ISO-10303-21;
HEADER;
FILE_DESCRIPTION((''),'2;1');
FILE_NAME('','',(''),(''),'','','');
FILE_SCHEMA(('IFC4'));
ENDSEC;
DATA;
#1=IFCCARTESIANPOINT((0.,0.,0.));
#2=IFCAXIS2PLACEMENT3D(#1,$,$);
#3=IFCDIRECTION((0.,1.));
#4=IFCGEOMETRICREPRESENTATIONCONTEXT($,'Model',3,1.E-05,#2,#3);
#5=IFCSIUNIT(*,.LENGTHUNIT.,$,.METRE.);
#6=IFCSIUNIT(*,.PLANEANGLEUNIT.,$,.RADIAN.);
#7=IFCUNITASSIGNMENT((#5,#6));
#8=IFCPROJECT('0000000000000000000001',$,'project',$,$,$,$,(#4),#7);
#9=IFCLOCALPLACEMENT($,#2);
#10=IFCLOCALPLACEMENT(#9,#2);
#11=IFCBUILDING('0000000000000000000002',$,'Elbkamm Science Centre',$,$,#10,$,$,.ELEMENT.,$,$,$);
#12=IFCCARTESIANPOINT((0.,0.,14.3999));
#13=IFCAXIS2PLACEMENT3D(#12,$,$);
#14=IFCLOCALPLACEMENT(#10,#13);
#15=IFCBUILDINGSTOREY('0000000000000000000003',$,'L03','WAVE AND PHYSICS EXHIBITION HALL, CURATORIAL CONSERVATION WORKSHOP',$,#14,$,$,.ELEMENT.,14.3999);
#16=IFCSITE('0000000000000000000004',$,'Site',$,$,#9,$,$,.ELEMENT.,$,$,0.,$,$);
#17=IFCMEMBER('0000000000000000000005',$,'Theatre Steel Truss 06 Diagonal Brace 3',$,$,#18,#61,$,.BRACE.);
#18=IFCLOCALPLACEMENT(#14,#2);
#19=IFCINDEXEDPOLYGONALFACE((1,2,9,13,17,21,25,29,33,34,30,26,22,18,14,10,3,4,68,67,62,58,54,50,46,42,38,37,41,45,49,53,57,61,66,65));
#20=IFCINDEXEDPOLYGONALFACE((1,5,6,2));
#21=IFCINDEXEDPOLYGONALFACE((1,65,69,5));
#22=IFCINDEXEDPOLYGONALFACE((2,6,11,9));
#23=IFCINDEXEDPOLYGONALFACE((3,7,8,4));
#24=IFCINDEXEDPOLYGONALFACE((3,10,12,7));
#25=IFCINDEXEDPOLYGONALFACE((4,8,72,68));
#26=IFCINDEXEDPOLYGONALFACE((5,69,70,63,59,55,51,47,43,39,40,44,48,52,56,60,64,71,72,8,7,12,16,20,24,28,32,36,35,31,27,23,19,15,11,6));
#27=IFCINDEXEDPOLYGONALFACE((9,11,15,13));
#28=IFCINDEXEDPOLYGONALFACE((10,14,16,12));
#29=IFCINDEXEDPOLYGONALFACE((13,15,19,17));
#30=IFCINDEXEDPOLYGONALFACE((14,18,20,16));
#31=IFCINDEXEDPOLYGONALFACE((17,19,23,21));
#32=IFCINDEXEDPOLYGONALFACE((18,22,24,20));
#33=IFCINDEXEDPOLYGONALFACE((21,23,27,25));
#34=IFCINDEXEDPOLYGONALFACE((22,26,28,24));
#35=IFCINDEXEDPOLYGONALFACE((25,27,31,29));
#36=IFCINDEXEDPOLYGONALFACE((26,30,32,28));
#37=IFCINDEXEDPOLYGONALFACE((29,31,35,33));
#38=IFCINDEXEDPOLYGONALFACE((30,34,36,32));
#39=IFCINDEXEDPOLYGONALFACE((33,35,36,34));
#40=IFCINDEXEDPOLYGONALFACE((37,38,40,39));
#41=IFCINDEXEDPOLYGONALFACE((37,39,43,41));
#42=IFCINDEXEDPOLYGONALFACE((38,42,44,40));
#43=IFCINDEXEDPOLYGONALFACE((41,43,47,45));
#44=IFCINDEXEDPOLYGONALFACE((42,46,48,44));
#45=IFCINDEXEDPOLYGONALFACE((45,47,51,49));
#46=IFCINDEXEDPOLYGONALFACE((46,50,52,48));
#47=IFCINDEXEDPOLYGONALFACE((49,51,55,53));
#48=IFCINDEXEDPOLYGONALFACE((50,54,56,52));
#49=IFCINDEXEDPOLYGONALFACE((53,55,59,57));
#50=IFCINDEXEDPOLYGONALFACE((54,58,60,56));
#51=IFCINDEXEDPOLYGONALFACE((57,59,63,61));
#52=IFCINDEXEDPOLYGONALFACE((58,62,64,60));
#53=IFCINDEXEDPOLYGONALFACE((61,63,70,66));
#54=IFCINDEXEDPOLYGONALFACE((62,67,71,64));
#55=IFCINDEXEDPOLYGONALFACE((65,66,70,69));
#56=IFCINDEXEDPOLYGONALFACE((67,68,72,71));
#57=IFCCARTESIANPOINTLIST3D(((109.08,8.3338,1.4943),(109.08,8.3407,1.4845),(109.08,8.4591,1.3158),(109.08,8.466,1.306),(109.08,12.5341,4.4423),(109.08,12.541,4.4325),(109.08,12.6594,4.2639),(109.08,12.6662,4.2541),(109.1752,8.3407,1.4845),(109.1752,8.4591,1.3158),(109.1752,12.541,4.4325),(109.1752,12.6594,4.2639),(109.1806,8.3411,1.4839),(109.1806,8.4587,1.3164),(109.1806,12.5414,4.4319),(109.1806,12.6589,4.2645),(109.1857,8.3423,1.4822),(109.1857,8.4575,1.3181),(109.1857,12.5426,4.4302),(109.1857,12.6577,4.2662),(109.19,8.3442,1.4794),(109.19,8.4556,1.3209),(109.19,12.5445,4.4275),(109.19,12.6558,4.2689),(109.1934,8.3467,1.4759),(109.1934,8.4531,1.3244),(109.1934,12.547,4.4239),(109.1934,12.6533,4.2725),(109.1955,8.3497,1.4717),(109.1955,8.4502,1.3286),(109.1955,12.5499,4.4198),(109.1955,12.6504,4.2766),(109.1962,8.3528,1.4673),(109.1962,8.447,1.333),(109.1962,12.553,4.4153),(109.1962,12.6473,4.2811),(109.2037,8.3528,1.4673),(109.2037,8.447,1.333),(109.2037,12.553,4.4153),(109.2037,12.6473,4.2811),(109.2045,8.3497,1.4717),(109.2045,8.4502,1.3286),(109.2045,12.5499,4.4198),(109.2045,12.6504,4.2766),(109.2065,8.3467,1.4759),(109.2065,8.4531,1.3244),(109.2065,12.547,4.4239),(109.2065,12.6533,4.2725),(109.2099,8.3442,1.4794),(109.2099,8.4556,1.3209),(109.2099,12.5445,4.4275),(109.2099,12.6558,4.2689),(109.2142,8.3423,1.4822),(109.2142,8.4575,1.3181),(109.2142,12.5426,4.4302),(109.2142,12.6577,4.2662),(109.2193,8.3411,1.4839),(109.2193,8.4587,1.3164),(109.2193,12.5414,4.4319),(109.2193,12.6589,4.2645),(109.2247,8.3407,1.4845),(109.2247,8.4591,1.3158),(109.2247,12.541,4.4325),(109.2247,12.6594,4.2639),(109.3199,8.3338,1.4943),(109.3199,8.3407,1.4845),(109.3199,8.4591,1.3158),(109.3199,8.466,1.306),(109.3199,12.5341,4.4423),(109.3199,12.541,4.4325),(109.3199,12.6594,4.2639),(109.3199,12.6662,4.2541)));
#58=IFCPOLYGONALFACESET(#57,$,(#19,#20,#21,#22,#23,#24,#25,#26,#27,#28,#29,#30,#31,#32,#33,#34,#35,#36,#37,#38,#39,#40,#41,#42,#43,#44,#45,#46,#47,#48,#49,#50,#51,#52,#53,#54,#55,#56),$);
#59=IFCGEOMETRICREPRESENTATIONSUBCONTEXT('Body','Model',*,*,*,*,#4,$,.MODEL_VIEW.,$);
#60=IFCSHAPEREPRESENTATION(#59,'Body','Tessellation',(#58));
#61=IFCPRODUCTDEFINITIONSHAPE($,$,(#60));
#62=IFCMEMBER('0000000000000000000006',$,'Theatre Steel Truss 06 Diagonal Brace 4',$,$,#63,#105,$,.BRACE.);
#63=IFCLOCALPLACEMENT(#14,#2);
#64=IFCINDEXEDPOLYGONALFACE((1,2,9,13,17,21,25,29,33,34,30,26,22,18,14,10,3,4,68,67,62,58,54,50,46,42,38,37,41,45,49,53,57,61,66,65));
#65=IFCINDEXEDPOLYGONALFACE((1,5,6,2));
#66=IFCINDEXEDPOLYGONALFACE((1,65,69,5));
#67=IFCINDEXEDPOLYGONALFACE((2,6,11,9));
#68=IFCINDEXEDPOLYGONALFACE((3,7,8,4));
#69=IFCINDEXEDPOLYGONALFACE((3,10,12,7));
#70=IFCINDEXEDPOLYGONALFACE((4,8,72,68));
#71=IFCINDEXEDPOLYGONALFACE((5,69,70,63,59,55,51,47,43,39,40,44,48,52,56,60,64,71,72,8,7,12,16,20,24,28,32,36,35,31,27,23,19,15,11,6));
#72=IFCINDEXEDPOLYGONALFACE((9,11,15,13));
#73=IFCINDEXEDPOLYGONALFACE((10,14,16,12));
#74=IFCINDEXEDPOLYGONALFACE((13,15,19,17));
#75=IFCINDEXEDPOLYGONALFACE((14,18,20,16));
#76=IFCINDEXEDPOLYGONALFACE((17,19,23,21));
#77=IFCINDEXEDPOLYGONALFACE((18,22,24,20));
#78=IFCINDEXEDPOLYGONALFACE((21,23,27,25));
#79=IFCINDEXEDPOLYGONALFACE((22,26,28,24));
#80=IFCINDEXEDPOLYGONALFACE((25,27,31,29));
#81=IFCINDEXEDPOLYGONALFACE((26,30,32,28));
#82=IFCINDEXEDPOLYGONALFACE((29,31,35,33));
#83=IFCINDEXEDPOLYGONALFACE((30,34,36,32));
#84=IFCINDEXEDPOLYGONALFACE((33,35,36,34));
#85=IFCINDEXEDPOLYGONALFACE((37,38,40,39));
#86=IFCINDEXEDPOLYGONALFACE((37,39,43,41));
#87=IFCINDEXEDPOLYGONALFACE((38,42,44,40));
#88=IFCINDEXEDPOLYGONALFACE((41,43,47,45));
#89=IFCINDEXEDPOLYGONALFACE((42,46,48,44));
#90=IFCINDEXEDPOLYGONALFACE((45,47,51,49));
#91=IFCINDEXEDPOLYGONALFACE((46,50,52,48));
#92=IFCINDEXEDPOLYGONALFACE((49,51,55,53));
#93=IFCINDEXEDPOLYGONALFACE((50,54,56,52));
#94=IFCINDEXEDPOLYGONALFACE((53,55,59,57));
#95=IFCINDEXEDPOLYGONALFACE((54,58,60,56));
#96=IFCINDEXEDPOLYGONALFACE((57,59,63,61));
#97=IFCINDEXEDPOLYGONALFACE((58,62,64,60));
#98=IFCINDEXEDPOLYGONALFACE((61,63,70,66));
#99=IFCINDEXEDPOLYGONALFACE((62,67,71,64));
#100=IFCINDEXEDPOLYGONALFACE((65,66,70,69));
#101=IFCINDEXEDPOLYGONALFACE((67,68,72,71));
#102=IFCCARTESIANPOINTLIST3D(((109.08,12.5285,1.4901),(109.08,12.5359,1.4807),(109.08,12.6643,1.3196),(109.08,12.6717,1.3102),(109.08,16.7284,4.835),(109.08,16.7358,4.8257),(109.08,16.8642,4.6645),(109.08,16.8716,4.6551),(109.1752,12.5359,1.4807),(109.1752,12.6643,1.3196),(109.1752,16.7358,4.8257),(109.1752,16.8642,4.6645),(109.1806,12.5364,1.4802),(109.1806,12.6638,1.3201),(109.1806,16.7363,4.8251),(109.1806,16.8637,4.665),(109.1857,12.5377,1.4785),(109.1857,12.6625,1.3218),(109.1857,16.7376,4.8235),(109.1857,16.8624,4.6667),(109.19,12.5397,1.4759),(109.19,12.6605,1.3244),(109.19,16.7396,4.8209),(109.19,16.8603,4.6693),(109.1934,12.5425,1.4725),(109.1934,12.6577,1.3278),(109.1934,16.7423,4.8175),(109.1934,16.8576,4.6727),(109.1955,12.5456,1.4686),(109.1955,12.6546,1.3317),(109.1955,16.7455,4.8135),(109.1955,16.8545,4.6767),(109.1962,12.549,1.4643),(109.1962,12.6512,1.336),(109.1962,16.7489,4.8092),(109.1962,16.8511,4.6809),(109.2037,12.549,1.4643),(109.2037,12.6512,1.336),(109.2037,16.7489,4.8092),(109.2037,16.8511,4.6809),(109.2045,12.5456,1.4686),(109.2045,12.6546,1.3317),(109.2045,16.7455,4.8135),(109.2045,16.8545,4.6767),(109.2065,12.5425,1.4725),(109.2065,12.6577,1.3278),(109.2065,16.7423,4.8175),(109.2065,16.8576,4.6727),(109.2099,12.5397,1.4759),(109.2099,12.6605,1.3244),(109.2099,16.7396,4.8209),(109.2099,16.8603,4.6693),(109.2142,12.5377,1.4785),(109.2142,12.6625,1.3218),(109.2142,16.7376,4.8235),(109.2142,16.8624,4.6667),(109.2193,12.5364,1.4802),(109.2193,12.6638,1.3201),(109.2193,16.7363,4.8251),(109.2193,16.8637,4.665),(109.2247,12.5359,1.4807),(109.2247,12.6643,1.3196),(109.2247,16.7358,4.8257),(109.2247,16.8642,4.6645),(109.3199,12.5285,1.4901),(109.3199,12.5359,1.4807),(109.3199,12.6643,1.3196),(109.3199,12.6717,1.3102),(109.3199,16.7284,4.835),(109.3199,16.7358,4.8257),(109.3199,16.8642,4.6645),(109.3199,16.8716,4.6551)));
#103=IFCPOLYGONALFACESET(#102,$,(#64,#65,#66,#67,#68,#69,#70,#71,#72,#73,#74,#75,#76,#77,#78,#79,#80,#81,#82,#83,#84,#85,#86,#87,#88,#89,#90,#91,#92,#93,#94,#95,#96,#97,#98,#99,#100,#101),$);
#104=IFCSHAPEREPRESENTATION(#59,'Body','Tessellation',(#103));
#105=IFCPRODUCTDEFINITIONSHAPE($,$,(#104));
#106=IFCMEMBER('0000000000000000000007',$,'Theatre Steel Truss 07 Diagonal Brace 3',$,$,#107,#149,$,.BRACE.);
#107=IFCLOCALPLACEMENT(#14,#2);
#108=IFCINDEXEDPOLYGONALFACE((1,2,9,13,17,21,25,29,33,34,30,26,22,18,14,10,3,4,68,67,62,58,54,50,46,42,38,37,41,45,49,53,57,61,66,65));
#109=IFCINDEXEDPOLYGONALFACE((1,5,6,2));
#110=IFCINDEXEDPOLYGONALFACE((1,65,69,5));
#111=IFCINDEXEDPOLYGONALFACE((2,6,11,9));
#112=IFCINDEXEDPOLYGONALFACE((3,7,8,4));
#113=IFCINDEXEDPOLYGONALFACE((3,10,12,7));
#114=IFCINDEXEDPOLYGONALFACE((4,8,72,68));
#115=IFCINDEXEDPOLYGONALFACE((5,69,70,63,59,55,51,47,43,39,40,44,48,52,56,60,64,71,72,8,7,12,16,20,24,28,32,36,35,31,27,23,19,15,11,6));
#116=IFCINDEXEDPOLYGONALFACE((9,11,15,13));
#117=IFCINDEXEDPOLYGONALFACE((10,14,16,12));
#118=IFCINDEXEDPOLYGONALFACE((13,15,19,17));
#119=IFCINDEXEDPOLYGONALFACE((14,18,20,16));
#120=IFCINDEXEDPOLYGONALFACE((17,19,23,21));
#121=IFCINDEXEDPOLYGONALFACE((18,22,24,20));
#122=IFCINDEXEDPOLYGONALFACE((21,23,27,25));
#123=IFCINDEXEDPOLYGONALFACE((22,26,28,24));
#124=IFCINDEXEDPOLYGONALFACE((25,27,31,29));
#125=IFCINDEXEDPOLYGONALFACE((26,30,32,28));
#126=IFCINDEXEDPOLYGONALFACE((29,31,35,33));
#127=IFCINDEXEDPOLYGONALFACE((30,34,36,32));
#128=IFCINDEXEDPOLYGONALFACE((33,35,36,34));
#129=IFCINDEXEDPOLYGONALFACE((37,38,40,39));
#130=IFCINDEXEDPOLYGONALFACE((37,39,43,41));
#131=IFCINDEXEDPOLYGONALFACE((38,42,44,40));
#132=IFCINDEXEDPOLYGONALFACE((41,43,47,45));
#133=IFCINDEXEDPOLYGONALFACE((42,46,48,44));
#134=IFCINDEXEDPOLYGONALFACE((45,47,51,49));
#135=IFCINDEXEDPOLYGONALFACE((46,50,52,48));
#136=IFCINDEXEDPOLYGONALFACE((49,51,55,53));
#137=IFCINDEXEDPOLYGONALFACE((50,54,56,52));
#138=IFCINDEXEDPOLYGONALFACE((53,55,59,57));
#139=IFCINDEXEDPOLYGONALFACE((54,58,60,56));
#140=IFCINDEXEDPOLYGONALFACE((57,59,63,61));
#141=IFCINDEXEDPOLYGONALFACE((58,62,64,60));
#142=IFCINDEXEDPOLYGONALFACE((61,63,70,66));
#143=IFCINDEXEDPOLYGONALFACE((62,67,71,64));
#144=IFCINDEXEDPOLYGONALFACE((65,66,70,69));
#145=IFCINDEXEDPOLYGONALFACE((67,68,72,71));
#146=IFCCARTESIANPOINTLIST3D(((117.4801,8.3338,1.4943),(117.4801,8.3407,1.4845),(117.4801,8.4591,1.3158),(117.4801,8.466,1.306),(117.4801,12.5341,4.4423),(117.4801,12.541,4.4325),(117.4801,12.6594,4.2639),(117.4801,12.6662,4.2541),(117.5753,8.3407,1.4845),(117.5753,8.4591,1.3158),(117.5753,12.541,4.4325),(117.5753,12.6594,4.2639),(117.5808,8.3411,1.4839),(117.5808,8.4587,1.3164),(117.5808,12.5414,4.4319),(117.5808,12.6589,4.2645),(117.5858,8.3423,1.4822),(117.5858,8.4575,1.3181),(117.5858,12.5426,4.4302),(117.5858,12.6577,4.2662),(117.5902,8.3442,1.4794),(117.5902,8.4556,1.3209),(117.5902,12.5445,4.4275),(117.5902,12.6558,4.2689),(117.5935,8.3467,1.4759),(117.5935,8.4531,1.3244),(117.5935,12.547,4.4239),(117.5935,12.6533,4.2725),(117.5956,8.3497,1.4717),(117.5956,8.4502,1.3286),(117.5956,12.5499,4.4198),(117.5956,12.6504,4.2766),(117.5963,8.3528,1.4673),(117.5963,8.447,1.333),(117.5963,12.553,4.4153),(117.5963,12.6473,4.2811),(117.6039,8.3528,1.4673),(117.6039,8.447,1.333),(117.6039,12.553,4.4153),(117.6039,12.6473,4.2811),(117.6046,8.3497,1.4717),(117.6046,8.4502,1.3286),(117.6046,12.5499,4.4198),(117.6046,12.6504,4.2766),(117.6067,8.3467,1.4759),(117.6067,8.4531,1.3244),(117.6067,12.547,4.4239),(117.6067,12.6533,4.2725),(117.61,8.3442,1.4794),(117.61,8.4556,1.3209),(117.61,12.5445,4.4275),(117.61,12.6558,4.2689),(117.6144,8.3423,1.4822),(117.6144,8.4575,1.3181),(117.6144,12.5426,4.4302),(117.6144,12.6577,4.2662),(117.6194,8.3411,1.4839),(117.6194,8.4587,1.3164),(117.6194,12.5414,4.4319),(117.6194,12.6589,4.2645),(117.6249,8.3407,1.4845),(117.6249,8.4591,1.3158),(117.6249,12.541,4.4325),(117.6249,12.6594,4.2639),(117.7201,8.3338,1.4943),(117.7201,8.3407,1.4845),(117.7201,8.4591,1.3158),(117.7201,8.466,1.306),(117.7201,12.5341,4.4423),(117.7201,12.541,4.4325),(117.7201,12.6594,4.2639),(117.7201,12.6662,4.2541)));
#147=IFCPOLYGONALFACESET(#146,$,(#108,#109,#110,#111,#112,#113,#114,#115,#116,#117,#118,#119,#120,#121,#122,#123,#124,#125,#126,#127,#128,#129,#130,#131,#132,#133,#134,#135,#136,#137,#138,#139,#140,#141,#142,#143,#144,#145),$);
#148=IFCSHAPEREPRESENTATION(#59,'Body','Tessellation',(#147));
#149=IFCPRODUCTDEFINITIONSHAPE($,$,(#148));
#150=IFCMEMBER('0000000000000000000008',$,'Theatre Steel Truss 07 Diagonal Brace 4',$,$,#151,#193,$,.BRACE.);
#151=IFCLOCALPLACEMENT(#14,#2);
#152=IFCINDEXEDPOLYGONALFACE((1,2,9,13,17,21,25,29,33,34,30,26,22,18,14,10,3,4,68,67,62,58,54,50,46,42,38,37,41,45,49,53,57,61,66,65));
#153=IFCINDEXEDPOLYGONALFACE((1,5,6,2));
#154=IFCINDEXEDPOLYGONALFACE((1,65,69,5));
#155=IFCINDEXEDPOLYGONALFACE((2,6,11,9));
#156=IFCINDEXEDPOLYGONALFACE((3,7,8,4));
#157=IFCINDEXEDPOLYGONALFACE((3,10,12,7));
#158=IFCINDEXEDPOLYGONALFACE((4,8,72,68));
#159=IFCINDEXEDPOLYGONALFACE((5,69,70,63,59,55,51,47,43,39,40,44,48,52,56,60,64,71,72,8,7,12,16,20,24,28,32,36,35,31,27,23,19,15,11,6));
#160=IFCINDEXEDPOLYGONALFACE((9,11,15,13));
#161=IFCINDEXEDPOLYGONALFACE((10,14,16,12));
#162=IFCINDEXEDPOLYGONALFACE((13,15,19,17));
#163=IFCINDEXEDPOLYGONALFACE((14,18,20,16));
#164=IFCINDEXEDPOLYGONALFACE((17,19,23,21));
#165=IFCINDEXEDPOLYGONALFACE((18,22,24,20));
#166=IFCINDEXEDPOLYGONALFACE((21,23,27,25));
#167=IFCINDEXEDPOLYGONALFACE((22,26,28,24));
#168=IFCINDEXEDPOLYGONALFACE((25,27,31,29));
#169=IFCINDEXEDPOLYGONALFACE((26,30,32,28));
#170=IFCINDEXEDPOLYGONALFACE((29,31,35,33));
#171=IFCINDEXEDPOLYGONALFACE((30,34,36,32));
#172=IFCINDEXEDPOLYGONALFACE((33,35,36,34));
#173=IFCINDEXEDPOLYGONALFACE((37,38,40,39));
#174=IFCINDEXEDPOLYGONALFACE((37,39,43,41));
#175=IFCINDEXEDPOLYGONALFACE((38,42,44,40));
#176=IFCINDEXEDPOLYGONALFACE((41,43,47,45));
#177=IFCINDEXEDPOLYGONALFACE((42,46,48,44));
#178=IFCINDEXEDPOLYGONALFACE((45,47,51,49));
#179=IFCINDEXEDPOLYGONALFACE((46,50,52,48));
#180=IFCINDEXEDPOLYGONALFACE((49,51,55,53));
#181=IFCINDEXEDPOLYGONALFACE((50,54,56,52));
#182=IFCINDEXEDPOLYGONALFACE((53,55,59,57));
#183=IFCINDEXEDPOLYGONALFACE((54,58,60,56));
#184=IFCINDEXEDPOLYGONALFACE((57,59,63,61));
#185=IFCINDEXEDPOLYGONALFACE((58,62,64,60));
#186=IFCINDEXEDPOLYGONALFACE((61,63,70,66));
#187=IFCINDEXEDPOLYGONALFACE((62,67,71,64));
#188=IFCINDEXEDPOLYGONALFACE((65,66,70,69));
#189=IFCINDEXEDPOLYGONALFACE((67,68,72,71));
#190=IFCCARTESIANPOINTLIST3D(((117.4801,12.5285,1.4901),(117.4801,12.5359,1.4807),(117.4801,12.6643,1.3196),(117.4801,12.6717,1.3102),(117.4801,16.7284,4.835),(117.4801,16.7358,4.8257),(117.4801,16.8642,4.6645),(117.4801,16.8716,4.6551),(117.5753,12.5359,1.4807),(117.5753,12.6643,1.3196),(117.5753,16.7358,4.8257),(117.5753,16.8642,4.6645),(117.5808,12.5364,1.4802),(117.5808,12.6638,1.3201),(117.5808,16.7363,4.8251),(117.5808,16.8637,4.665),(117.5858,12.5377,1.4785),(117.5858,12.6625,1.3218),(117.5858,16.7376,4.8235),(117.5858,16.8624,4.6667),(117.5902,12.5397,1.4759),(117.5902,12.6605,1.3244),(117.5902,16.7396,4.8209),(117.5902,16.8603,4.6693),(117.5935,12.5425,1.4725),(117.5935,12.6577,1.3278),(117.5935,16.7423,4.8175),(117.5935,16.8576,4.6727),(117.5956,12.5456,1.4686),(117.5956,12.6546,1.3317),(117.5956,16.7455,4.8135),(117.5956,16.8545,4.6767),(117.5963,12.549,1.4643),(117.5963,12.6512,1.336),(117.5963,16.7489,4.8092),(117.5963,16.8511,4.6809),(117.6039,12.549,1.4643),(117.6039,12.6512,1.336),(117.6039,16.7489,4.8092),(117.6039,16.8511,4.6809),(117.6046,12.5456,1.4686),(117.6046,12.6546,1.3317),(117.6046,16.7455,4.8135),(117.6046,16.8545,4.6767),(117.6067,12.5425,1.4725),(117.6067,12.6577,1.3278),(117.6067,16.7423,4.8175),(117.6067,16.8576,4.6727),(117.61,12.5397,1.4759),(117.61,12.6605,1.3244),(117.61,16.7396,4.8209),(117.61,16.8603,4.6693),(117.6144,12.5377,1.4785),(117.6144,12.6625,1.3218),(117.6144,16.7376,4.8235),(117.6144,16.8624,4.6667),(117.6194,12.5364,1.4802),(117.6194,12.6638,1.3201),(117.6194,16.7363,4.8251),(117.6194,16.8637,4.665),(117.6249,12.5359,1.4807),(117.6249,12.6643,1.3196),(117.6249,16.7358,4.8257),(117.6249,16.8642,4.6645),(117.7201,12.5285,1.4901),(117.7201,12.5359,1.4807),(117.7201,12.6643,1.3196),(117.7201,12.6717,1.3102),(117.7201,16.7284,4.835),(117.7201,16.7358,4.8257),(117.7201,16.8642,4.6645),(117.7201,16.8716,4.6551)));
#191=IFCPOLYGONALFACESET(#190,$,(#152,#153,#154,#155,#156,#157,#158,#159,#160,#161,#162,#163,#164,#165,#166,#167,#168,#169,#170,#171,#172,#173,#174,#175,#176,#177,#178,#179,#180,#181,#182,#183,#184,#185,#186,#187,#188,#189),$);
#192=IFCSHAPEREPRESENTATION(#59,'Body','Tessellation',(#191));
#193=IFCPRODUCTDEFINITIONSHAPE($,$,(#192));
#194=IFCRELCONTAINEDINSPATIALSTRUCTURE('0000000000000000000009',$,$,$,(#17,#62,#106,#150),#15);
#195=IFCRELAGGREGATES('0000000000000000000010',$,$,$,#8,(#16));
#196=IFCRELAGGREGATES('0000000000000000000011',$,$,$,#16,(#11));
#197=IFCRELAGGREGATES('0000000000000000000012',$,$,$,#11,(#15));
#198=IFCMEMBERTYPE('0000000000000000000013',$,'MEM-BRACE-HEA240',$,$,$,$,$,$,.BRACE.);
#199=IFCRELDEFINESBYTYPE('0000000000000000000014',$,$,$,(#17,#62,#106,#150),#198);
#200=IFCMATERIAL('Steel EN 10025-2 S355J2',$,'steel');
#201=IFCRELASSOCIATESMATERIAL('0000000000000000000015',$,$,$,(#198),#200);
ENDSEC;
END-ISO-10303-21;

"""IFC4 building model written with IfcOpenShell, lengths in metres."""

from ifc_helpers import new_model, si_unit, direction, frame, origin, origin_2d, place, context, subcontext, project, spatial, i_section, extrude, material, material_profile, profile_set, type_object, element, save


model = new_model("IFC4")

# Units and contexts
model_context = context("Model", 3, precision=1e-05, world=origin(), true_north=direction((0.0, 1.0)))
body_context = subcontext(model_context, "Body", "Model", "MODEL_VIEW")
ifc_project = project(units=[si_unit("LENGTHUNIT", "METRE"), si_unit("PLANEANGLEUNIT", "RADIAN")], contexts=[model_context])

# Site, building, storey
site_placement = place(None, origin())
site = spatial("IfcSite", under=ifc_project, at=site_placement, Name="Site", CompositionType="ELEMENT", RefElevation=0.0)
building_placement = place(site_placement, origin())
building = spatial("IfcBuilding", under=site, at=building_placement, Name="Elbkamm Science Centre", CompositionType="ELEMENT")
storey_placement = place(building_placement, frame((0.0, 0.0, 14.3999)))
storey = spatial("IfcBuildingStorey", under=building, at=storey_placement, Name="L03", Description="WAVE AND PHYSICS EXHIBITION HALL, CURATORIAL CONSERVATION WORKSHOP", CompositionType="ELEMENT", Elevation=14.3999)

# Shared definitions
ifc_material = material(Name="Steel EN 10025-2 S355J2", Category="steel")

# Members
ifc_material_profile_1 = material_profile(ifc_material, i_section(OverallWidth=0.24, OverallDepth=0.23, WebThickness=0.0076, FlangeThickness=0.012, FilletRadius=0.021, at=origin_2d()), Name="HEA 240")
ifc_profile_set_1 = profile_set([ifc_material_profile_1], Name="Steel EN 10025-2 S355J2")
member_type_1 = type_object("IfcMemberType", Name="MEM-BRACE-HEA240", PredefinedType="BRACE", material=ifc_profile_set_1)
member_1_placement = place(storey_placement, frame((109.2, 8.3999, 1.4001), z_axis=(0.0, 0.818512, 0.57449), x_axis=(-1.0, 0.0, 0.0)))
element("IfcMember", 1, at=member_1_placement, inside=storey, type_object=member_type_1, Name="Theatre Steel Truss 06 Diagonal Brace 3", PredefinedType="BRACE", context=body_context, shape_type="SweptSolid", body=[
    extrude(i_section(OverallWidth=0.24, OverallDepth=0.23, WebThickness=0.0076, FlangeThickness=0.012, FilletRadius=0.021, at=origin_2d()), origin(), (0.0, 0.0, 1.0), 5.1316),
])
member_2_placement = place(storey_placement, frame((109.2, 12.6001, 1.4001), z_axis=(0.0, 0.782229, 0.622991), x_axis=(-1.0, 0.0, 0.0)))
element("IfcMember", 2, at=member_2_placement, inside=storey, type_object=member_type_1, Name="Theatre Steel Truss 06 Diagonal Brace 4", PredefinedType="BRACE", context=body_context, shape_type="SweptSolid", body=[
    extrude(i_section(OverallWidth=0.24, OverallDepth=0.23, WebThickness=0.0076, FlangeThickness=0.012, FilletRadius=0.021, at=origin_2d()), origin(), (0.0, 0.0, 1.0), 5.3691),
])
member_3_placement = place(storey_placement, frame((117.6001, 8.3999, 1.4001), z_axis=(0.0, 0.818512, 0.57449), x_axis=(-1.0, 0.0, 0.0)))
element("IfcMember", 3, at=member_3_placement, inside=storey, type_object=member_type_1, Name="Theatre Steel Truss 07 Diagonal Brace 3", PredefinedType="BRACE", context=body_context, shape_type="SweptSolid", body=[
    extrude(i_section(OverallWidth=0.24, OverallDepth=0.23, WebThickness=0.0076, FlangeThickness=0.012, FilletRadius=0.021, at=origin_2d()), origin(), (0.0, 0.0, 1.0), 5.1316),
])
member_4_placement = place(storey_placement, frame((117.6001, 12.6001, 1.4001), z_axis=(0.0, 0.782229, 0.622991), x_axis=(-1.0, 0.0, 0.0)))
element("IfcMember", 4, at=member_4_placement, inside=storey, type_object=member_type_1, Name="Theatre Steel Truss 07 Diagonal Brace 4", PredefinedType="BRACE", context=body_context, shape_type="SweptSolid", body=[
    extrude(i_section(OverallWidth=0.24, OverallDepth=0.23, WebThickness=0.0076, FlangeThickness=0.012, FilletRadius=0.021, at=origin_2d()), origin(), (0.0, 0.0, 1.0), 5.3691),
])

save(model, "model.ifc")
